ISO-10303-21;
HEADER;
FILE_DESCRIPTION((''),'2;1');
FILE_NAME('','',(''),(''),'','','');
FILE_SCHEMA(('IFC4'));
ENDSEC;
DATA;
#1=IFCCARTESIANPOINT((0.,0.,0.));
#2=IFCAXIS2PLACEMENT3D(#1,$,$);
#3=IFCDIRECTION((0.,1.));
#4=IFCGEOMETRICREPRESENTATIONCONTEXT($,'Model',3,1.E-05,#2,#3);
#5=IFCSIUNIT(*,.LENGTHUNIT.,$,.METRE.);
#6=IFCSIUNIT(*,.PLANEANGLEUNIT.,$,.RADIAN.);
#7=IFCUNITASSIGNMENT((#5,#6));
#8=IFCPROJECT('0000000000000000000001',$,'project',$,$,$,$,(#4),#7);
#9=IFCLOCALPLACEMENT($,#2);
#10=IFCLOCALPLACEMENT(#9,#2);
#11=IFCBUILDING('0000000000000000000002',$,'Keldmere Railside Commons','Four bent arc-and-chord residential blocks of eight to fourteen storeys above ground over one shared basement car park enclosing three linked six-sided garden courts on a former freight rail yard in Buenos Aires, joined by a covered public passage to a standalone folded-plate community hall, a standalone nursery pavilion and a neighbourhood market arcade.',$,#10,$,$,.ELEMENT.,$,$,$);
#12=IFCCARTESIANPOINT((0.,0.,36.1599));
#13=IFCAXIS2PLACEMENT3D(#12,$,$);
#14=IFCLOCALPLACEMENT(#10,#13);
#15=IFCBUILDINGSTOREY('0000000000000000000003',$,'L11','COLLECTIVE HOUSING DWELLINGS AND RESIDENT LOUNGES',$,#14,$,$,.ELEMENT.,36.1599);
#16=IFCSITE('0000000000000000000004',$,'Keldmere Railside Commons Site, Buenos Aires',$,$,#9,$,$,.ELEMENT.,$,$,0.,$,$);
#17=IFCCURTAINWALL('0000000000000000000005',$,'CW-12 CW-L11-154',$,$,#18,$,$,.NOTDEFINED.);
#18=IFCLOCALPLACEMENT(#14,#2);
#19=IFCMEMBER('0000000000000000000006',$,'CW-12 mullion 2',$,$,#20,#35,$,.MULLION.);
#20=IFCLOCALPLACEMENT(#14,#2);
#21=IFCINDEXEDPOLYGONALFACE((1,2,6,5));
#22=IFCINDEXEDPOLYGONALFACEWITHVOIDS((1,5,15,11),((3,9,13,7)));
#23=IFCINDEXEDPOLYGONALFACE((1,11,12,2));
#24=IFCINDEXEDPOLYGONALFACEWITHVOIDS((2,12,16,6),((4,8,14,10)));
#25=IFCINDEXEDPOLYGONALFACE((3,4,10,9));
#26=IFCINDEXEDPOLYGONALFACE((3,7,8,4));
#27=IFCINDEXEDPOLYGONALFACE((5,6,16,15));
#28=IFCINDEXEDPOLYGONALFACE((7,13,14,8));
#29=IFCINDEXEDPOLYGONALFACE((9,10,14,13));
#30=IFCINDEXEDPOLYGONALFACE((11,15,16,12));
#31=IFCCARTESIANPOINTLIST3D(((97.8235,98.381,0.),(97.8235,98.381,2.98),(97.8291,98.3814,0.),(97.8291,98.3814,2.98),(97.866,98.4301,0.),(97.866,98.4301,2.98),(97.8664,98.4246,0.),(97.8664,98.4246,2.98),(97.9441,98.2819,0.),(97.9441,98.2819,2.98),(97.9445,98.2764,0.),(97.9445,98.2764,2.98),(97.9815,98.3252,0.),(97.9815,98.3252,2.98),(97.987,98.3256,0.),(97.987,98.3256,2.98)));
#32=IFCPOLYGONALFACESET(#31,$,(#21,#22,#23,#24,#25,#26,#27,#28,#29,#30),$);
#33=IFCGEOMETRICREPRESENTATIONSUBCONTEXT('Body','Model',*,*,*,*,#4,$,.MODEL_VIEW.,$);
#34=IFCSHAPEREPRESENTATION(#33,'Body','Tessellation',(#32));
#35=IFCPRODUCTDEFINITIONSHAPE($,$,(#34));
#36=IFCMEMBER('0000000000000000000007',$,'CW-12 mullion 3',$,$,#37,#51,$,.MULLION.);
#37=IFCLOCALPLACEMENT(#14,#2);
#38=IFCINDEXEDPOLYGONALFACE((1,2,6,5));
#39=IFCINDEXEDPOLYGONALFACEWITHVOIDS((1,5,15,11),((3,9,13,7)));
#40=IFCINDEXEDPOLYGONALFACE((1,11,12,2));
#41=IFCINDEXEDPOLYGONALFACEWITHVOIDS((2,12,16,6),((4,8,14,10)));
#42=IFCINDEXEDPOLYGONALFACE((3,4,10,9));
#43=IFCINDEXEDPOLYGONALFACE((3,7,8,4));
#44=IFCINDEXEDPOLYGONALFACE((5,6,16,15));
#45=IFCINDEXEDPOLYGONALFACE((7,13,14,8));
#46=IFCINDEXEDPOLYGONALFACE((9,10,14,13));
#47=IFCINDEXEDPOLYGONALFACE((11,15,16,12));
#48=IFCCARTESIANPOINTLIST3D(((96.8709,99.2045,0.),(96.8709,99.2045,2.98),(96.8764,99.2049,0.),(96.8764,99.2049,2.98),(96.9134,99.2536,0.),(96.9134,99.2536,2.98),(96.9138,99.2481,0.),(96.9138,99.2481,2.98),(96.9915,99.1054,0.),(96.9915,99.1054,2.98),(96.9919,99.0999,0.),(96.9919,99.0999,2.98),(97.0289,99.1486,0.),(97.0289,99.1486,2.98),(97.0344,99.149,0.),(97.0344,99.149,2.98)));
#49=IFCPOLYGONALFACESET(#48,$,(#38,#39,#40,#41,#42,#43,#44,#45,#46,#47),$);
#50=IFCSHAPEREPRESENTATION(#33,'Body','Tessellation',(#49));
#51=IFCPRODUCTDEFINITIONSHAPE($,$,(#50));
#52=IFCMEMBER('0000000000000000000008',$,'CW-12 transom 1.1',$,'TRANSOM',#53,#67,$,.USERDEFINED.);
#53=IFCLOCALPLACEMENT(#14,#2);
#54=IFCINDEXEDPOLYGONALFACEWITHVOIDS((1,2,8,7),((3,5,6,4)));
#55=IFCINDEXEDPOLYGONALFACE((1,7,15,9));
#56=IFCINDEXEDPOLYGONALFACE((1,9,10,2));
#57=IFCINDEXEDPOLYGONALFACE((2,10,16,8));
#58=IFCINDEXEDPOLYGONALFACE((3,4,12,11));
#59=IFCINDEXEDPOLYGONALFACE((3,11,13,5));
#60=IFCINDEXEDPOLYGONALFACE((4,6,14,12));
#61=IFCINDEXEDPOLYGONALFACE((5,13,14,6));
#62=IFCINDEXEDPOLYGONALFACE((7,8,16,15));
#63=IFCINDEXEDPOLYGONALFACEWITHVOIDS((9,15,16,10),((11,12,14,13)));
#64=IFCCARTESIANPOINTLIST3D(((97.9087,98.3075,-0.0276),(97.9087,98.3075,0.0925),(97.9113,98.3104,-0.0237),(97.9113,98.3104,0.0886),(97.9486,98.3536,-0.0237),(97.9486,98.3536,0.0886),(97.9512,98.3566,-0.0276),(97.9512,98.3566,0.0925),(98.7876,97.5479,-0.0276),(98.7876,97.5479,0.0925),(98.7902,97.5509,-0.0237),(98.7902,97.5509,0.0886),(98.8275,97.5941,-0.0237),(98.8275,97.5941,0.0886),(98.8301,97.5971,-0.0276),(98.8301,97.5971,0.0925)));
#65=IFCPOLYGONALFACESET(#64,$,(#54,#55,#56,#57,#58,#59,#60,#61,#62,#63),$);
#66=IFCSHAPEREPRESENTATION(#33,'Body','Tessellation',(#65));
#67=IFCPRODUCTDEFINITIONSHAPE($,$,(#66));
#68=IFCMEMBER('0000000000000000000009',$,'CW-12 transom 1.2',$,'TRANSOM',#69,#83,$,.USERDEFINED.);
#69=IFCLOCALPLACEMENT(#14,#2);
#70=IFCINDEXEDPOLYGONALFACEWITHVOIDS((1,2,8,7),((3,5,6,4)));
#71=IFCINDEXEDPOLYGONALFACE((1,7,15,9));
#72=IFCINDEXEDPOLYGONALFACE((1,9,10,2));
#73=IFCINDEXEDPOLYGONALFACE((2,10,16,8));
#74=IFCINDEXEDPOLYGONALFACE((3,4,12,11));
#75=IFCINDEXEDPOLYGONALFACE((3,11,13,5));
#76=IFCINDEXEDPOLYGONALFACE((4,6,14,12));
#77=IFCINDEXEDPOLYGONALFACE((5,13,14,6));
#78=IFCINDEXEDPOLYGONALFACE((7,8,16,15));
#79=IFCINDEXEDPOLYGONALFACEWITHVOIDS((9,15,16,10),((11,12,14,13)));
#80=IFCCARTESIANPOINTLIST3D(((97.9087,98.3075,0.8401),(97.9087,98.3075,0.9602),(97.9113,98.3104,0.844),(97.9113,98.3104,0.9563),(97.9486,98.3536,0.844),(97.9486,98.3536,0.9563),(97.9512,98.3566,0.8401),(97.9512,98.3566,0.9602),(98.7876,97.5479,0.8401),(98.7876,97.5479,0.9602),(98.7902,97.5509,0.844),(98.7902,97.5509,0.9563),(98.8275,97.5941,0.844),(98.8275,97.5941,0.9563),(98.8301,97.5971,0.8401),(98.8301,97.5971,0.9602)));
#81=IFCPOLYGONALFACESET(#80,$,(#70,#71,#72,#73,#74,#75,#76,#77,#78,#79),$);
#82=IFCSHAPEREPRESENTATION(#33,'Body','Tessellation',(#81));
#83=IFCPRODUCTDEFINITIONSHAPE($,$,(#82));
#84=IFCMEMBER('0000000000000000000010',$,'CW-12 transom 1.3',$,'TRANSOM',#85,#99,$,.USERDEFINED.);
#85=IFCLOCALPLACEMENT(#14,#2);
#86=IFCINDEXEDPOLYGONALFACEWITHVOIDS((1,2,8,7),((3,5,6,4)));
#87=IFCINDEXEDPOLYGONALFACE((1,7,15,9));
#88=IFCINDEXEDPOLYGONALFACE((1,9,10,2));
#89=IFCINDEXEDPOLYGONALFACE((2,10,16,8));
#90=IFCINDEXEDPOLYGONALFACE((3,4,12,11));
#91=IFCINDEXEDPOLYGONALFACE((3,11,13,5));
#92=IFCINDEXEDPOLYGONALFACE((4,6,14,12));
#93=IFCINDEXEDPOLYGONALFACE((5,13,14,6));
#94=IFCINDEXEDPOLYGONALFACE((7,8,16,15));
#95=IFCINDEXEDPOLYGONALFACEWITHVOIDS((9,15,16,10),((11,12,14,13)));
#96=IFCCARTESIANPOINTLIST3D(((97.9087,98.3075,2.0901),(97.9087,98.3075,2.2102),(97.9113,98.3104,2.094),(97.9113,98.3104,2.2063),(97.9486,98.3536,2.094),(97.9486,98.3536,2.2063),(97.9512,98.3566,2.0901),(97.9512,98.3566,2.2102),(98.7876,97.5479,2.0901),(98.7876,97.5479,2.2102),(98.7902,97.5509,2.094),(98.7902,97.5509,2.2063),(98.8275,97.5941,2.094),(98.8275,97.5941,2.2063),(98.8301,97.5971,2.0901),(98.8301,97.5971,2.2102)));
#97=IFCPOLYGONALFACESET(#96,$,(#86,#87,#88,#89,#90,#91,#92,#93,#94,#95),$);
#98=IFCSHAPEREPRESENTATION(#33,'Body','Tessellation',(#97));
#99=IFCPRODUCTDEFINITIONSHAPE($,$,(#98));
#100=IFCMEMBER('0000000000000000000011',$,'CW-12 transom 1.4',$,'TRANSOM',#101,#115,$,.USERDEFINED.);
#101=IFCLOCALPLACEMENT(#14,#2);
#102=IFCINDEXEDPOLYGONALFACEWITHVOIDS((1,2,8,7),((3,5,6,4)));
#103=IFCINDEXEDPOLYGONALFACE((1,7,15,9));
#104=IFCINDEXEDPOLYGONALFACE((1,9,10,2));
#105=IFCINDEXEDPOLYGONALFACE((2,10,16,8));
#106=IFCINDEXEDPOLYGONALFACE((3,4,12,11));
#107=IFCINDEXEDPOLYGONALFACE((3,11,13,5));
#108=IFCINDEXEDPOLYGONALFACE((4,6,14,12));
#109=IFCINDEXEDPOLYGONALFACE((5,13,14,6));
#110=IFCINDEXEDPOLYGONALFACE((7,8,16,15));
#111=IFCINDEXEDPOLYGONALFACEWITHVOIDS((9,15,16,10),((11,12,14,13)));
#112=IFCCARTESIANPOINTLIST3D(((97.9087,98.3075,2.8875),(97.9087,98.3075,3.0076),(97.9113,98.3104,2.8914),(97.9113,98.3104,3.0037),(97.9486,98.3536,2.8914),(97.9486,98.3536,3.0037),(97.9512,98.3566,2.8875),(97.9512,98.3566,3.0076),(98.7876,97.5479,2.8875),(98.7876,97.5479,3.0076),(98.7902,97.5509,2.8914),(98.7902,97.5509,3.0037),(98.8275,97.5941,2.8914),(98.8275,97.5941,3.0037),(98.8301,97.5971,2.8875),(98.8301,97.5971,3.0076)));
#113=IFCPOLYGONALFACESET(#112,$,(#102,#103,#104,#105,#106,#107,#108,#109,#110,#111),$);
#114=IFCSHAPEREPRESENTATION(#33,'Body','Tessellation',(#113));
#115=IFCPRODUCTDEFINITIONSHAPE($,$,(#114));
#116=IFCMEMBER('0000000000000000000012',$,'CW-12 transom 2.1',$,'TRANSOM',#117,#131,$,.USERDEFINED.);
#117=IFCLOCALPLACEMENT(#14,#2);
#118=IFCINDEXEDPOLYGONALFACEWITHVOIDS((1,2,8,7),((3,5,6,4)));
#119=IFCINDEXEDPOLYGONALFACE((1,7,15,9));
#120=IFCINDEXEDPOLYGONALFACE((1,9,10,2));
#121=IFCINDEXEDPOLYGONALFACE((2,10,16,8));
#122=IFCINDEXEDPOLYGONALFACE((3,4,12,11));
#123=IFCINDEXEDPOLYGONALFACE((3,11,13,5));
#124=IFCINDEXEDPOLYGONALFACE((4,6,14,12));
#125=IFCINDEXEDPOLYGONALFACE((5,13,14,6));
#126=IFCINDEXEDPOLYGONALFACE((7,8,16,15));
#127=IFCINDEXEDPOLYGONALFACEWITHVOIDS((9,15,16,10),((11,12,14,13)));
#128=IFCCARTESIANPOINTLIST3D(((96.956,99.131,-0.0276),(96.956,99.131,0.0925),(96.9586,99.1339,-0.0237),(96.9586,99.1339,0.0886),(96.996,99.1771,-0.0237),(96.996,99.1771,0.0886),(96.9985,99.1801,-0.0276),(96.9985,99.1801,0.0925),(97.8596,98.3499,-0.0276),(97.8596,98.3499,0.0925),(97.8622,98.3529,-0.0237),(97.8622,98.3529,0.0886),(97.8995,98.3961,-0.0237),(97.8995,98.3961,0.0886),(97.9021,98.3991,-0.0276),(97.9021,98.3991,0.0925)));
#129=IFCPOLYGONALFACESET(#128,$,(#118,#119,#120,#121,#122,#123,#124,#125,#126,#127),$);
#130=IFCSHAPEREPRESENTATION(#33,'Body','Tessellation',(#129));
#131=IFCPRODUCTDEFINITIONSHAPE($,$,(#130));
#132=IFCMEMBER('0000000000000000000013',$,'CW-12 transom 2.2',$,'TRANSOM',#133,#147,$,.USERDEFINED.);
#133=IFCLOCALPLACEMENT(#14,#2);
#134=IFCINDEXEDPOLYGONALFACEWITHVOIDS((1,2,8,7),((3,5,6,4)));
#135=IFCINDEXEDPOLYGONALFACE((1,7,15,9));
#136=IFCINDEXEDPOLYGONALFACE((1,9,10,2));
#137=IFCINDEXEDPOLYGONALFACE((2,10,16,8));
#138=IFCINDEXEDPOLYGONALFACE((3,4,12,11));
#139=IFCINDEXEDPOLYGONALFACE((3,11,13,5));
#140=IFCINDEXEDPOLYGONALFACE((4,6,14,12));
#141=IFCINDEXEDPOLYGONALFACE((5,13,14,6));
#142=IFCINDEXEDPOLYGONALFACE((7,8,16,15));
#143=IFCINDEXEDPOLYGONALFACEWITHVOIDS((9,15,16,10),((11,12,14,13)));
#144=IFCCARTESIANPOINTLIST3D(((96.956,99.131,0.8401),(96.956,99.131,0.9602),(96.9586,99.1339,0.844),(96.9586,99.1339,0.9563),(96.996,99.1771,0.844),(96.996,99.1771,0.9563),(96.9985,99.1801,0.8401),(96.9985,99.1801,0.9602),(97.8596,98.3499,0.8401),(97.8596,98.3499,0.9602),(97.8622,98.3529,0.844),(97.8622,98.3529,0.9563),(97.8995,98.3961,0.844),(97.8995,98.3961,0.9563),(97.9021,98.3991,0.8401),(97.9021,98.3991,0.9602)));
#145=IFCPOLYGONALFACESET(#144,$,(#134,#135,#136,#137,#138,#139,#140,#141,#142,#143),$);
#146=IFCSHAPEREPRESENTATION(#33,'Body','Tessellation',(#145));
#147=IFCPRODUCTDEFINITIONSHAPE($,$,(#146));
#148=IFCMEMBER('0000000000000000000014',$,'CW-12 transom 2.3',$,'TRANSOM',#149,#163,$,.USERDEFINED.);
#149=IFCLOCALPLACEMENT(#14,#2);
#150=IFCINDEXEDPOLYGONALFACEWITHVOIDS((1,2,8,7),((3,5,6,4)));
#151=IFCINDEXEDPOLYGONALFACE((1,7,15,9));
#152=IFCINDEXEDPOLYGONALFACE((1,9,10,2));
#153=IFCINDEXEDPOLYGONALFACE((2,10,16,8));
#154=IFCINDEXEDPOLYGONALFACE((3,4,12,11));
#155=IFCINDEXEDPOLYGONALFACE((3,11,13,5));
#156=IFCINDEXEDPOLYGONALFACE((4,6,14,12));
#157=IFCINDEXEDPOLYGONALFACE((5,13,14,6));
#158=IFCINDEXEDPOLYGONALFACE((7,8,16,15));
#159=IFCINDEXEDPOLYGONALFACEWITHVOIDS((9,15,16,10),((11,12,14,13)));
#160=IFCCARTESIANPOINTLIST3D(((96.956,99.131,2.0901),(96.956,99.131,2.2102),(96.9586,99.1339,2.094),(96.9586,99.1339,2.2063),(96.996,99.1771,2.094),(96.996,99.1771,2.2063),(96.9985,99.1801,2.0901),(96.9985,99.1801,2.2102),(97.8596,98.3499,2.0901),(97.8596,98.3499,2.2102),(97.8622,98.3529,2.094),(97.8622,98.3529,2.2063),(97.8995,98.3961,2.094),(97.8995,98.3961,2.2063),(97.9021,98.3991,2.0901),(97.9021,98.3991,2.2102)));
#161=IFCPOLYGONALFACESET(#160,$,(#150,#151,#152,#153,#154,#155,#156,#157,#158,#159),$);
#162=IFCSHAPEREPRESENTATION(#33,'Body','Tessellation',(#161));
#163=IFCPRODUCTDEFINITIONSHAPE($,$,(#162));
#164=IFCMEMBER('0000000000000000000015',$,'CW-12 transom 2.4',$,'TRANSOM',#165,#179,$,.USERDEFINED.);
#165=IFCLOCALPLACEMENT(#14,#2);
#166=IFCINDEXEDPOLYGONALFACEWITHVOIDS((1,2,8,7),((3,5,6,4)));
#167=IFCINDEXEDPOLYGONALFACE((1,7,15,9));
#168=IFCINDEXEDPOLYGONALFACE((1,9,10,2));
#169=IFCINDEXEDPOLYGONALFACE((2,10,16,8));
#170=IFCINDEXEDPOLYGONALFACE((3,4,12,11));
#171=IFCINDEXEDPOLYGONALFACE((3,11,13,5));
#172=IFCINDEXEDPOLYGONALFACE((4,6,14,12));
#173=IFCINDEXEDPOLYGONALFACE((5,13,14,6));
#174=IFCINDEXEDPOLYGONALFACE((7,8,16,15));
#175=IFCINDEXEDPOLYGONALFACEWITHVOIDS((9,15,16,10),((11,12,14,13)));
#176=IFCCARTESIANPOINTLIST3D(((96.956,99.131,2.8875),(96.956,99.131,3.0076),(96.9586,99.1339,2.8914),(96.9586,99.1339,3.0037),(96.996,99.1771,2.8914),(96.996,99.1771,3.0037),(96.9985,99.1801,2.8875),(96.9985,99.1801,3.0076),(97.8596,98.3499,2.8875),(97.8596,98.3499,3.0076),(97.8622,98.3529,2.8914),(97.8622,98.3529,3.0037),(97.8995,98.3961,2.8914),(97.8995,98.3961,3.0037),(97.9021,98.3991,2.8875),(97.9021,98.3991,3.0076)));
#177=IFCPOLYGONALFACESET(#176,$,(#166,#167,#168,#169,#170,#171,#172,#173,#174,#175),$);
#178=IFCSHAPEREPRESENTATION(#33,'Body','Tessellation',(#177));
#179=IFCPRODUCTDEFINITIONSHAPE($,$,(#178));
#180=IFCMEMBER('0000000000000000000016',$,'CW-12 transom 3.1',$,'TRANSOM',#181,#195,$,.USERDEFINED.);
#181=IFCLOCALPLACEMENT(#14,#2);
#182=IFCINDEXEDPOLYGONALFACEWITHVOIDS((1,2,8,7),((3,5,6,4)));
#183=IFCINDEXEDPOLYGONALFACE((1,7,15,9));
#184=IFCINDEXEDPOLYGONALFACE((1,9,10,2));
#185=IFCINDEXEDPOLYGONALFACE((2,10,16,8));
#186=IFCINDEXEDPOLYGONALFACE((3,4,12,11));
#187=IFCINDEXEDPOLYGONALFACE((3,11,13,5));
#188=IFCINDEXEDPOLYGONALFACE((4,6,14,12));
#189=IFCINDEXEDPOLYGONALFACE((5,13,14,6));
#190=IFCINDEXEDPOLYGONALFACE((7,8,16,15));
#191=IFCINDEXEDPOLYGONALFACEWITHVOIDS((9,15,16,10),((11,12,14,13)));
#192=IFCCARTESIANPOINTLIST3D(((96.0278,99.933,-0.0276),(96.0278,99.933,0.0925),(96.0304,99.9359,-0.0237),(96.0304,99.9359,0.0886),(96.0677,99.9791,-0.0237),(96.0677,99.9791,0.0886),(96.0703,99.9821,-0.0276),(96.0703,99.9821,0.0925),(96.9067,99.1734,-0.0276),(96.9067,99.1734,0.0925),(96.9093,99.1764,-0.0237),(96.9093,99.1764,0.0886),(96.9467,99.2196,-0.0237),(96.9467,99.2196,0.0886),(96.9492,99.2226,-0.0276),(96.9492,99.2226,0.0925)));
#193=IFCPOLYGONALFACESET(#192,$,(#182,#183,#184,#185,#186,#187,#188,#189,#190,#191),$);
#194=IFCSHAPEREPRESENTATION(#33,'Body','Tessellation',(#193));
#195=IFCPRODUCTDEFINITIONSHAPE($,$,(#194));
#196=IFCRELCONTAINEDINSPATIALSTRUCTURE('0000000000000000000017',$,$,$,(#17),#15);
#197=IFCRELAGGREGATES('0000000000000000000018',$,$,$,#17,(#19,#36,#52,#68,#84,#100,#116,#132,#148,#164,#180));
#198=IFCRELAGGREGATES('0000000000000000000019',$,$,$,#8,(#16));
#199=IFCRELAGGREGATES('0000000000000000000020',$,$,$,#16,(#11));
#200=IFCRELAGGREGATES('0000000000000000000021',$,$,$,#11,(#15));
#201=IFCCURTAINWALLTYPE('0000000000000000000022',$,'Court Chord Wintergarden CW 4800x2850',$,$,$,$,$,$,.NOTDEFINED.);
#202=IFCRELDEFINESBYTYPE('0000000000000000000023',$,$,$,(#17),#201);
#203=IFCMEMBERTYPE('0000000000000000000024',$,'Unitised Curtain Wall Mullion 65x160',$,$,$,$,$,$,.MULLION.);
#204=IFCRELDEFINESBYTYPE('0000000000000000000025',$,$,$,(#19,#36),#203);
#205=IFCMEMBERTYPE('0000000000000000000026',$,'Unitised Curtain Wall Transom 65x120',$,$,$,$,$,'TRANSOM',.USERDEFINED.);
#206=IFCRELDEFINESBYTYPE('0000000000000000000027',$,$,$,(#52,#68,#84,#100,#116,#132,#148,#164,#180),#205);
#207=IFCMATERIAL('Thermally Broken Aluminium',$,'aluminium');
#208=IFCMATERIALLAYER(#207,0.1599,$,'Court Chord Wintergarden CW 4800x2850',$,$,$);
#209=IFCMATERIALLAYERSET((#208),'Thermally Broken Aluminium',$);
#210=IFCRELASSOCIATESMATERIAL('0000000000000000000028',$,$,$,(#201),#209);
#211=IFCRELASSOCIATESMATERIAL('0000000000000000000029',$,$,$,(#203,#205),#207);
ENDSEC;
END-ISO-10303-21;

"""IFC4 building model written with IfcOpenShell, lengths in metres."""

from ifc_helpers import new_model, si_unit, direction, frame, origin, origin_2d, place, context, subcontext, project, spatial, hollow_rectangle, extrude, material, layer, layer_set, material_profile, profile_set, type_object, element, aggregate, save


model = new_model("IFC4")

# Units and contexts
model_context = context("Model", 3, precision=1e-05, world=origin(), true_north=direction((0.0, 1.0)))
body_context = subcontext(model_context, "Body", "Model", "MODEL_VIEW")
ifc_project = project(units=[si_unit("LENGTHUNIT", "METRE"), si_unit("PLANEANGLEUNIT", "RADIAN")], contexts=[model_context])

# Site, building, storey
site_placement = place(None, origin())
site = spatial("IfcSite", under=ifc_project, at=site_placement, Name="Keldmere Railside Commons Site, Buenos Aires", CompositionType="ELEMENT", RefElevation=0.0)
building_placement = place(site_placement, origin())
building = spatial("IfcBuilding", under=site, at=building_placement, Name="Keldmere Railside Commons", Description="Four bent arc-and-chord residential blocks of eight to fourteen storeys above ground over one shared basement car park enclosing three linked six-sided garden courts on a former freight rail yard in Buenos Aires, joined by a covered public passage to a standalone folded-plate community hall, a standalone nursery pavilion and a neighbourhood market arcade.", CompositionType="ELEMENT")
storey_placement = place(building_placement, frame((0.0, 0.0, 36.1599)))
storey = spatial("IfcBuildingStorey", under=building, at=storey_placement, Name="L11", Description="COLLECTIVE HOUSING DWELLINGS AND RESIDENT LOUNGES", CompositionType="ELEMENT", Elevation=36.1599)

# Curtain wall, members
ifc_material_1 = material(Name="Thermally Broken Aluminium", Category="aluminium")
ifc_layer_1 = layer(ifc_material_1, 0.1599, Name="Court Chord Wintergarden CW 4800x2850")
ifc_layer_set_1 = layer_set([ifc_layer_1], Name="Thermally Broken Aluminium")
curtain_wall_type = type_object("IfcCurtainWallType", Name="Court Chord Wintergarden CW 4800x2850", PredefinedType="NOTDEFINED", material=ifc_layer_set_1)
curtain_wall_placement = place(storey_placement, origin())
curtain_wall = element("IfcCurtainWall", 1, at=curtain_wall_placement, inside=storey, type_object=curtain_wall_type, Name="CW-12 CW-L11-154", PredefinedType="NOTDEFINED")
ifc_material_profile_1 = material_profile(ifc_material_1, hollow_rectangle(XDim=0.0649, YDim=0.1599, WallThickness=0.0039, at=origin_2d()), Name="ALU-MULL-65x160")
ifc_profile_set_1 = profile_set([ifc_material_profile_1], Name="Thermally Broken Aluminium")
member_type_1 = type_object("IfcMemberType", Name="Unitised Curtain Wall Mullion 65x160", PredefinedType="MULLION", material=ifc_profile_set_1)
member_1_placement = place(storey_placement, frame((97.9053, 98.3533, 0.0), z_axis=(0.0, 0.0, 1.0), x_axis=(-0.653882, -0.756597, 0.0)))
member_1 = element("IfcMember", 2, at=member_1_placement, type_object=member_type_1, Name="CW-12 mullion 2", PredefinedType="MULLION", context=body_context, shape_type="SweptSolid", body=[
    extrude(hollow_rectangle(XDim=0.0649, YDim=0.1599, WallThickness=0.0039, at=origin_2d()), origin(), (0.0, 0.0, 1.0), 2.98),
])
member_2_placement = place(storey_placement, frame((96.9526, 99.1768, 0.0), z_axis=(0.0, 0.0, 1.0), x_axis=(-0.653882, -0.756597, 0.0)))
member_2 = element("IfcMember", 3, at=member_2_placement, type_object=member_type_1, Name="CW-12 mullion 3", PredefinedType="MULLION", context=body_context, shape_type="SweptSolid", body=[
    extrude(hollow_rectangle(XDim=0.0649, YDim=0.1599, WallThickness=0.0039, at=origin_2d()), origin(), (0.0, 0.0, 1.0), 2.98),
])
ifc_material_profile_2 = material_profile(ifc_material_1, hollow_rectangle(XDim=0.0649, YDim=0.1201, WallThickness=0.0039, at=origin_2d()), Name="ALU-TRAN-65x120")
ifc_profile_set_2 = profile_set([ifc_material_profile_2], Name="Thermally Broken Aluminium")
member_type_2 = type_object("IfcMemberType", Name="Unitised Curtain Wall Transom 65x120", ElementType="TRANSOM", PredefinedType="USERDEFINED", material=ifc_profile_set_2)
member_3_placement = place(storey_placement, frame((98.8088, 97.5725, 0.0325), z_axis=(-0.756624, 0.65385, 0.0), x_axis=(-0.65385, -0.756624, 0.0)))
member_3 = element("IfcMember", 4, at=member_3_placement, type_object=member_type_2, Name="CW-12 transom 1.1", ObjectType="TRANSOM", PredefinedType="USERDEFINED", context=body_context, shape_type="SweptSolid", body=[
    extrude(hollow_rectangle(XDim=0.0649, YDim=0.1201, WallThickness=0.0039, at=origin_2d()), origin(), (0.0, 0.0, 1.0), 1.1616),
])
member_4_placement = place(storey_placement, frame((98.8088, 97.5725, 0.9001), z_axis=(-0.756624, 0.65385, 0.0), x_axis=(-0.65385, -0.756624, 0.0)))
member_4 = element("IfcMember", 5, at=member_4_placement, type_object=member_type_2, Name="CW-12 transom 1.2", ObjectType="TRANSOM", PredefinedType="USERDEFINED", context=body_context, shape_type="SweptSolid", body=[
    extrude(hollow_rectangle(XDim=0.0649, YDim=0.1201, WallThickness=0.0039, at=origin_2d()), origin(), (0.0, 0.0, 1.0), 1.1616),
])
member_5_placement = place(storey_placement, frame((98.8088, 97.5725, 2.1501), z_axis=(-0.756624, 0.65385, 0.0), x_axis=(-0.65385, -0.756624, 0.0)))
member_5 = element("IfcMember", 6, at=member_5_placement, type_object=member_type_2, Name="CW-12 transom 1.3", ObjectType="TRANSOM", PredefinedType="USERDEFINED", context=body_context, shape_type="SweptSolid", body=[
    extrude(hollow_rectangle(XDim=0.0649, YDim=0.1201, WallThickness=0.0039, at=origin_2d()), origin(), (0.0, 0.0, 1.0), 1.1616),
])
member_6_placement = place(storey_placement, frame((98.8088, 97.5725, 2.9475), z_axis=(-0.756624, 0.65385, 0.0), x_axis=(-0.65385, -0.756624, 0.0)))
member_6 = element("IfcMember", 7, at=member_6_placement, type_object=member_type_2, Name="CW-12 transom 1.4", ObjectType="TRANSOM", PredefinedType="USERDEFINED", context=body_context, shape_type="SweptSolid", body=[
    extrude(hollow_rectangle(XDim=0.0649, YDim=0.1201, WallThickness=0.0039, at=origin_2d()), origin(), (0.0, 0.0, 1.0), 1.1616),
])
member_7_placement = place(storey_placement, frame((97.8809, 98.3745, 0.0325), z_axis=(-0.756552, 0.653934, 0.0), x_axis=(-0.653934, -0.756552, 0.0)))
member_7 = element("IfcMember", 8, at=member_7_placement, type_object=member_type_2, Name="CW-12 transom 2.1", ObjectType="TRANSOM", PredefinedType="USERDEFINED", context=body_context, shape_type="SweptSolid", body=[
    extrude(hollow_rectangle(XDim=0.0649, YDim=0.1201, WallThickness=0.0039, at=origin_2d()), origin(), (0.0, 0.0, 1.0), 1.1943),
])
member_8_placement = place(storey_placement, frame((97.8809, 98.3745, 0.9001), z_axis=(-0.756552, 0.653934, 0.0), x_axis=(-0.653934, -0.756552, 0.0)))
member_8 = element("IfcMember", 9, at=member_8_placement, type_object=member_type_2, Name="CW-12 transom 2.2", ObjectType="TRANSOM", PredefinedType="USERDEFINED", context=body_context, shape_type="SweptSolid", body=[
    extrude(hollow_rectangle(XDim=0.0649, YDim=0.1201, WallThickness=0.0039, at=origin_2d()), origin(), (0.0, 0.0, 1.0), 1.1943),
])
member_9_placement = place(storey_placement, frame((97.8809, 98.3745, 2.1501), z_axis=(-0.756552, 0.653934, 0.0), x_axis=(-0.653934, -0.756552, 0.0)))
member_9 = element("IfcMember", 10, at=member_9_placement, type_object=member_type_2, Name="CW-12 transom 2.3", ObjectType="TRANSOM", PredefinedType="USERDEFINED", context=body_context, shape_type="SweptSolid", body=[
    extrude(hollow_rectangle(XDim=0.0649, YDim=0.1201, WallThickness=0.0039, at=origin_2d()), origin(), (0.0, 0.0, 1.0), 1.1943),
])
member_10_placement = place(storey_placement, frame((97.8809, 98.3745, 2.9475), z_axis=(-0.756552, 0.653934, 0.0), x_axis=(-0.653934, -0.756552, 0.0)))
member_10 = element("IfcMember", 11, at=member_10_placement, type_object=member_type_2, Name="CW-12 transom 2.4", ObjectType="TRANSOM", PredefinedType="USERDEFINED", context=body_context, shape_type="SweptSolid", body=[
    extrude(hollow_rectangle(XDim=0.0649, YDim=0.1201, WallThickness=0.0039, at=origin_2d()), origin(), (0.0, 0.0, 1.0), 1.1943),
])
member_11_placement = place(storey_placement, frame((96.928, 99.198, 0.0325), z_axis=(-0.756624, 0.65385, 0.0), x_axis=(-0.65385, -0.756624, 0.0)))
member_11 = element("IfcMember", 12, at=member_11_placement, type_object=member_type_2, Name="CW-12 transom 3.1", ObjectType="TRANSOM", PredefinedType="USERDEFINED", context=body_context, shape_type="SweptSolid", body=[
    extrude(hollow_rectangle(XDim=0.0649, YDim=0.1201, WallThickness=0.0039, at=origin_2d()), origin(), (0.0, 0.0, 1.0), 1.1616),
])
aggregate(curtain_wall, [member_1, member_2, member_3, member_4, member_5, member_6, member_7, member_8, member_9, member_10, member_11])

save(model, "model.ifc")
